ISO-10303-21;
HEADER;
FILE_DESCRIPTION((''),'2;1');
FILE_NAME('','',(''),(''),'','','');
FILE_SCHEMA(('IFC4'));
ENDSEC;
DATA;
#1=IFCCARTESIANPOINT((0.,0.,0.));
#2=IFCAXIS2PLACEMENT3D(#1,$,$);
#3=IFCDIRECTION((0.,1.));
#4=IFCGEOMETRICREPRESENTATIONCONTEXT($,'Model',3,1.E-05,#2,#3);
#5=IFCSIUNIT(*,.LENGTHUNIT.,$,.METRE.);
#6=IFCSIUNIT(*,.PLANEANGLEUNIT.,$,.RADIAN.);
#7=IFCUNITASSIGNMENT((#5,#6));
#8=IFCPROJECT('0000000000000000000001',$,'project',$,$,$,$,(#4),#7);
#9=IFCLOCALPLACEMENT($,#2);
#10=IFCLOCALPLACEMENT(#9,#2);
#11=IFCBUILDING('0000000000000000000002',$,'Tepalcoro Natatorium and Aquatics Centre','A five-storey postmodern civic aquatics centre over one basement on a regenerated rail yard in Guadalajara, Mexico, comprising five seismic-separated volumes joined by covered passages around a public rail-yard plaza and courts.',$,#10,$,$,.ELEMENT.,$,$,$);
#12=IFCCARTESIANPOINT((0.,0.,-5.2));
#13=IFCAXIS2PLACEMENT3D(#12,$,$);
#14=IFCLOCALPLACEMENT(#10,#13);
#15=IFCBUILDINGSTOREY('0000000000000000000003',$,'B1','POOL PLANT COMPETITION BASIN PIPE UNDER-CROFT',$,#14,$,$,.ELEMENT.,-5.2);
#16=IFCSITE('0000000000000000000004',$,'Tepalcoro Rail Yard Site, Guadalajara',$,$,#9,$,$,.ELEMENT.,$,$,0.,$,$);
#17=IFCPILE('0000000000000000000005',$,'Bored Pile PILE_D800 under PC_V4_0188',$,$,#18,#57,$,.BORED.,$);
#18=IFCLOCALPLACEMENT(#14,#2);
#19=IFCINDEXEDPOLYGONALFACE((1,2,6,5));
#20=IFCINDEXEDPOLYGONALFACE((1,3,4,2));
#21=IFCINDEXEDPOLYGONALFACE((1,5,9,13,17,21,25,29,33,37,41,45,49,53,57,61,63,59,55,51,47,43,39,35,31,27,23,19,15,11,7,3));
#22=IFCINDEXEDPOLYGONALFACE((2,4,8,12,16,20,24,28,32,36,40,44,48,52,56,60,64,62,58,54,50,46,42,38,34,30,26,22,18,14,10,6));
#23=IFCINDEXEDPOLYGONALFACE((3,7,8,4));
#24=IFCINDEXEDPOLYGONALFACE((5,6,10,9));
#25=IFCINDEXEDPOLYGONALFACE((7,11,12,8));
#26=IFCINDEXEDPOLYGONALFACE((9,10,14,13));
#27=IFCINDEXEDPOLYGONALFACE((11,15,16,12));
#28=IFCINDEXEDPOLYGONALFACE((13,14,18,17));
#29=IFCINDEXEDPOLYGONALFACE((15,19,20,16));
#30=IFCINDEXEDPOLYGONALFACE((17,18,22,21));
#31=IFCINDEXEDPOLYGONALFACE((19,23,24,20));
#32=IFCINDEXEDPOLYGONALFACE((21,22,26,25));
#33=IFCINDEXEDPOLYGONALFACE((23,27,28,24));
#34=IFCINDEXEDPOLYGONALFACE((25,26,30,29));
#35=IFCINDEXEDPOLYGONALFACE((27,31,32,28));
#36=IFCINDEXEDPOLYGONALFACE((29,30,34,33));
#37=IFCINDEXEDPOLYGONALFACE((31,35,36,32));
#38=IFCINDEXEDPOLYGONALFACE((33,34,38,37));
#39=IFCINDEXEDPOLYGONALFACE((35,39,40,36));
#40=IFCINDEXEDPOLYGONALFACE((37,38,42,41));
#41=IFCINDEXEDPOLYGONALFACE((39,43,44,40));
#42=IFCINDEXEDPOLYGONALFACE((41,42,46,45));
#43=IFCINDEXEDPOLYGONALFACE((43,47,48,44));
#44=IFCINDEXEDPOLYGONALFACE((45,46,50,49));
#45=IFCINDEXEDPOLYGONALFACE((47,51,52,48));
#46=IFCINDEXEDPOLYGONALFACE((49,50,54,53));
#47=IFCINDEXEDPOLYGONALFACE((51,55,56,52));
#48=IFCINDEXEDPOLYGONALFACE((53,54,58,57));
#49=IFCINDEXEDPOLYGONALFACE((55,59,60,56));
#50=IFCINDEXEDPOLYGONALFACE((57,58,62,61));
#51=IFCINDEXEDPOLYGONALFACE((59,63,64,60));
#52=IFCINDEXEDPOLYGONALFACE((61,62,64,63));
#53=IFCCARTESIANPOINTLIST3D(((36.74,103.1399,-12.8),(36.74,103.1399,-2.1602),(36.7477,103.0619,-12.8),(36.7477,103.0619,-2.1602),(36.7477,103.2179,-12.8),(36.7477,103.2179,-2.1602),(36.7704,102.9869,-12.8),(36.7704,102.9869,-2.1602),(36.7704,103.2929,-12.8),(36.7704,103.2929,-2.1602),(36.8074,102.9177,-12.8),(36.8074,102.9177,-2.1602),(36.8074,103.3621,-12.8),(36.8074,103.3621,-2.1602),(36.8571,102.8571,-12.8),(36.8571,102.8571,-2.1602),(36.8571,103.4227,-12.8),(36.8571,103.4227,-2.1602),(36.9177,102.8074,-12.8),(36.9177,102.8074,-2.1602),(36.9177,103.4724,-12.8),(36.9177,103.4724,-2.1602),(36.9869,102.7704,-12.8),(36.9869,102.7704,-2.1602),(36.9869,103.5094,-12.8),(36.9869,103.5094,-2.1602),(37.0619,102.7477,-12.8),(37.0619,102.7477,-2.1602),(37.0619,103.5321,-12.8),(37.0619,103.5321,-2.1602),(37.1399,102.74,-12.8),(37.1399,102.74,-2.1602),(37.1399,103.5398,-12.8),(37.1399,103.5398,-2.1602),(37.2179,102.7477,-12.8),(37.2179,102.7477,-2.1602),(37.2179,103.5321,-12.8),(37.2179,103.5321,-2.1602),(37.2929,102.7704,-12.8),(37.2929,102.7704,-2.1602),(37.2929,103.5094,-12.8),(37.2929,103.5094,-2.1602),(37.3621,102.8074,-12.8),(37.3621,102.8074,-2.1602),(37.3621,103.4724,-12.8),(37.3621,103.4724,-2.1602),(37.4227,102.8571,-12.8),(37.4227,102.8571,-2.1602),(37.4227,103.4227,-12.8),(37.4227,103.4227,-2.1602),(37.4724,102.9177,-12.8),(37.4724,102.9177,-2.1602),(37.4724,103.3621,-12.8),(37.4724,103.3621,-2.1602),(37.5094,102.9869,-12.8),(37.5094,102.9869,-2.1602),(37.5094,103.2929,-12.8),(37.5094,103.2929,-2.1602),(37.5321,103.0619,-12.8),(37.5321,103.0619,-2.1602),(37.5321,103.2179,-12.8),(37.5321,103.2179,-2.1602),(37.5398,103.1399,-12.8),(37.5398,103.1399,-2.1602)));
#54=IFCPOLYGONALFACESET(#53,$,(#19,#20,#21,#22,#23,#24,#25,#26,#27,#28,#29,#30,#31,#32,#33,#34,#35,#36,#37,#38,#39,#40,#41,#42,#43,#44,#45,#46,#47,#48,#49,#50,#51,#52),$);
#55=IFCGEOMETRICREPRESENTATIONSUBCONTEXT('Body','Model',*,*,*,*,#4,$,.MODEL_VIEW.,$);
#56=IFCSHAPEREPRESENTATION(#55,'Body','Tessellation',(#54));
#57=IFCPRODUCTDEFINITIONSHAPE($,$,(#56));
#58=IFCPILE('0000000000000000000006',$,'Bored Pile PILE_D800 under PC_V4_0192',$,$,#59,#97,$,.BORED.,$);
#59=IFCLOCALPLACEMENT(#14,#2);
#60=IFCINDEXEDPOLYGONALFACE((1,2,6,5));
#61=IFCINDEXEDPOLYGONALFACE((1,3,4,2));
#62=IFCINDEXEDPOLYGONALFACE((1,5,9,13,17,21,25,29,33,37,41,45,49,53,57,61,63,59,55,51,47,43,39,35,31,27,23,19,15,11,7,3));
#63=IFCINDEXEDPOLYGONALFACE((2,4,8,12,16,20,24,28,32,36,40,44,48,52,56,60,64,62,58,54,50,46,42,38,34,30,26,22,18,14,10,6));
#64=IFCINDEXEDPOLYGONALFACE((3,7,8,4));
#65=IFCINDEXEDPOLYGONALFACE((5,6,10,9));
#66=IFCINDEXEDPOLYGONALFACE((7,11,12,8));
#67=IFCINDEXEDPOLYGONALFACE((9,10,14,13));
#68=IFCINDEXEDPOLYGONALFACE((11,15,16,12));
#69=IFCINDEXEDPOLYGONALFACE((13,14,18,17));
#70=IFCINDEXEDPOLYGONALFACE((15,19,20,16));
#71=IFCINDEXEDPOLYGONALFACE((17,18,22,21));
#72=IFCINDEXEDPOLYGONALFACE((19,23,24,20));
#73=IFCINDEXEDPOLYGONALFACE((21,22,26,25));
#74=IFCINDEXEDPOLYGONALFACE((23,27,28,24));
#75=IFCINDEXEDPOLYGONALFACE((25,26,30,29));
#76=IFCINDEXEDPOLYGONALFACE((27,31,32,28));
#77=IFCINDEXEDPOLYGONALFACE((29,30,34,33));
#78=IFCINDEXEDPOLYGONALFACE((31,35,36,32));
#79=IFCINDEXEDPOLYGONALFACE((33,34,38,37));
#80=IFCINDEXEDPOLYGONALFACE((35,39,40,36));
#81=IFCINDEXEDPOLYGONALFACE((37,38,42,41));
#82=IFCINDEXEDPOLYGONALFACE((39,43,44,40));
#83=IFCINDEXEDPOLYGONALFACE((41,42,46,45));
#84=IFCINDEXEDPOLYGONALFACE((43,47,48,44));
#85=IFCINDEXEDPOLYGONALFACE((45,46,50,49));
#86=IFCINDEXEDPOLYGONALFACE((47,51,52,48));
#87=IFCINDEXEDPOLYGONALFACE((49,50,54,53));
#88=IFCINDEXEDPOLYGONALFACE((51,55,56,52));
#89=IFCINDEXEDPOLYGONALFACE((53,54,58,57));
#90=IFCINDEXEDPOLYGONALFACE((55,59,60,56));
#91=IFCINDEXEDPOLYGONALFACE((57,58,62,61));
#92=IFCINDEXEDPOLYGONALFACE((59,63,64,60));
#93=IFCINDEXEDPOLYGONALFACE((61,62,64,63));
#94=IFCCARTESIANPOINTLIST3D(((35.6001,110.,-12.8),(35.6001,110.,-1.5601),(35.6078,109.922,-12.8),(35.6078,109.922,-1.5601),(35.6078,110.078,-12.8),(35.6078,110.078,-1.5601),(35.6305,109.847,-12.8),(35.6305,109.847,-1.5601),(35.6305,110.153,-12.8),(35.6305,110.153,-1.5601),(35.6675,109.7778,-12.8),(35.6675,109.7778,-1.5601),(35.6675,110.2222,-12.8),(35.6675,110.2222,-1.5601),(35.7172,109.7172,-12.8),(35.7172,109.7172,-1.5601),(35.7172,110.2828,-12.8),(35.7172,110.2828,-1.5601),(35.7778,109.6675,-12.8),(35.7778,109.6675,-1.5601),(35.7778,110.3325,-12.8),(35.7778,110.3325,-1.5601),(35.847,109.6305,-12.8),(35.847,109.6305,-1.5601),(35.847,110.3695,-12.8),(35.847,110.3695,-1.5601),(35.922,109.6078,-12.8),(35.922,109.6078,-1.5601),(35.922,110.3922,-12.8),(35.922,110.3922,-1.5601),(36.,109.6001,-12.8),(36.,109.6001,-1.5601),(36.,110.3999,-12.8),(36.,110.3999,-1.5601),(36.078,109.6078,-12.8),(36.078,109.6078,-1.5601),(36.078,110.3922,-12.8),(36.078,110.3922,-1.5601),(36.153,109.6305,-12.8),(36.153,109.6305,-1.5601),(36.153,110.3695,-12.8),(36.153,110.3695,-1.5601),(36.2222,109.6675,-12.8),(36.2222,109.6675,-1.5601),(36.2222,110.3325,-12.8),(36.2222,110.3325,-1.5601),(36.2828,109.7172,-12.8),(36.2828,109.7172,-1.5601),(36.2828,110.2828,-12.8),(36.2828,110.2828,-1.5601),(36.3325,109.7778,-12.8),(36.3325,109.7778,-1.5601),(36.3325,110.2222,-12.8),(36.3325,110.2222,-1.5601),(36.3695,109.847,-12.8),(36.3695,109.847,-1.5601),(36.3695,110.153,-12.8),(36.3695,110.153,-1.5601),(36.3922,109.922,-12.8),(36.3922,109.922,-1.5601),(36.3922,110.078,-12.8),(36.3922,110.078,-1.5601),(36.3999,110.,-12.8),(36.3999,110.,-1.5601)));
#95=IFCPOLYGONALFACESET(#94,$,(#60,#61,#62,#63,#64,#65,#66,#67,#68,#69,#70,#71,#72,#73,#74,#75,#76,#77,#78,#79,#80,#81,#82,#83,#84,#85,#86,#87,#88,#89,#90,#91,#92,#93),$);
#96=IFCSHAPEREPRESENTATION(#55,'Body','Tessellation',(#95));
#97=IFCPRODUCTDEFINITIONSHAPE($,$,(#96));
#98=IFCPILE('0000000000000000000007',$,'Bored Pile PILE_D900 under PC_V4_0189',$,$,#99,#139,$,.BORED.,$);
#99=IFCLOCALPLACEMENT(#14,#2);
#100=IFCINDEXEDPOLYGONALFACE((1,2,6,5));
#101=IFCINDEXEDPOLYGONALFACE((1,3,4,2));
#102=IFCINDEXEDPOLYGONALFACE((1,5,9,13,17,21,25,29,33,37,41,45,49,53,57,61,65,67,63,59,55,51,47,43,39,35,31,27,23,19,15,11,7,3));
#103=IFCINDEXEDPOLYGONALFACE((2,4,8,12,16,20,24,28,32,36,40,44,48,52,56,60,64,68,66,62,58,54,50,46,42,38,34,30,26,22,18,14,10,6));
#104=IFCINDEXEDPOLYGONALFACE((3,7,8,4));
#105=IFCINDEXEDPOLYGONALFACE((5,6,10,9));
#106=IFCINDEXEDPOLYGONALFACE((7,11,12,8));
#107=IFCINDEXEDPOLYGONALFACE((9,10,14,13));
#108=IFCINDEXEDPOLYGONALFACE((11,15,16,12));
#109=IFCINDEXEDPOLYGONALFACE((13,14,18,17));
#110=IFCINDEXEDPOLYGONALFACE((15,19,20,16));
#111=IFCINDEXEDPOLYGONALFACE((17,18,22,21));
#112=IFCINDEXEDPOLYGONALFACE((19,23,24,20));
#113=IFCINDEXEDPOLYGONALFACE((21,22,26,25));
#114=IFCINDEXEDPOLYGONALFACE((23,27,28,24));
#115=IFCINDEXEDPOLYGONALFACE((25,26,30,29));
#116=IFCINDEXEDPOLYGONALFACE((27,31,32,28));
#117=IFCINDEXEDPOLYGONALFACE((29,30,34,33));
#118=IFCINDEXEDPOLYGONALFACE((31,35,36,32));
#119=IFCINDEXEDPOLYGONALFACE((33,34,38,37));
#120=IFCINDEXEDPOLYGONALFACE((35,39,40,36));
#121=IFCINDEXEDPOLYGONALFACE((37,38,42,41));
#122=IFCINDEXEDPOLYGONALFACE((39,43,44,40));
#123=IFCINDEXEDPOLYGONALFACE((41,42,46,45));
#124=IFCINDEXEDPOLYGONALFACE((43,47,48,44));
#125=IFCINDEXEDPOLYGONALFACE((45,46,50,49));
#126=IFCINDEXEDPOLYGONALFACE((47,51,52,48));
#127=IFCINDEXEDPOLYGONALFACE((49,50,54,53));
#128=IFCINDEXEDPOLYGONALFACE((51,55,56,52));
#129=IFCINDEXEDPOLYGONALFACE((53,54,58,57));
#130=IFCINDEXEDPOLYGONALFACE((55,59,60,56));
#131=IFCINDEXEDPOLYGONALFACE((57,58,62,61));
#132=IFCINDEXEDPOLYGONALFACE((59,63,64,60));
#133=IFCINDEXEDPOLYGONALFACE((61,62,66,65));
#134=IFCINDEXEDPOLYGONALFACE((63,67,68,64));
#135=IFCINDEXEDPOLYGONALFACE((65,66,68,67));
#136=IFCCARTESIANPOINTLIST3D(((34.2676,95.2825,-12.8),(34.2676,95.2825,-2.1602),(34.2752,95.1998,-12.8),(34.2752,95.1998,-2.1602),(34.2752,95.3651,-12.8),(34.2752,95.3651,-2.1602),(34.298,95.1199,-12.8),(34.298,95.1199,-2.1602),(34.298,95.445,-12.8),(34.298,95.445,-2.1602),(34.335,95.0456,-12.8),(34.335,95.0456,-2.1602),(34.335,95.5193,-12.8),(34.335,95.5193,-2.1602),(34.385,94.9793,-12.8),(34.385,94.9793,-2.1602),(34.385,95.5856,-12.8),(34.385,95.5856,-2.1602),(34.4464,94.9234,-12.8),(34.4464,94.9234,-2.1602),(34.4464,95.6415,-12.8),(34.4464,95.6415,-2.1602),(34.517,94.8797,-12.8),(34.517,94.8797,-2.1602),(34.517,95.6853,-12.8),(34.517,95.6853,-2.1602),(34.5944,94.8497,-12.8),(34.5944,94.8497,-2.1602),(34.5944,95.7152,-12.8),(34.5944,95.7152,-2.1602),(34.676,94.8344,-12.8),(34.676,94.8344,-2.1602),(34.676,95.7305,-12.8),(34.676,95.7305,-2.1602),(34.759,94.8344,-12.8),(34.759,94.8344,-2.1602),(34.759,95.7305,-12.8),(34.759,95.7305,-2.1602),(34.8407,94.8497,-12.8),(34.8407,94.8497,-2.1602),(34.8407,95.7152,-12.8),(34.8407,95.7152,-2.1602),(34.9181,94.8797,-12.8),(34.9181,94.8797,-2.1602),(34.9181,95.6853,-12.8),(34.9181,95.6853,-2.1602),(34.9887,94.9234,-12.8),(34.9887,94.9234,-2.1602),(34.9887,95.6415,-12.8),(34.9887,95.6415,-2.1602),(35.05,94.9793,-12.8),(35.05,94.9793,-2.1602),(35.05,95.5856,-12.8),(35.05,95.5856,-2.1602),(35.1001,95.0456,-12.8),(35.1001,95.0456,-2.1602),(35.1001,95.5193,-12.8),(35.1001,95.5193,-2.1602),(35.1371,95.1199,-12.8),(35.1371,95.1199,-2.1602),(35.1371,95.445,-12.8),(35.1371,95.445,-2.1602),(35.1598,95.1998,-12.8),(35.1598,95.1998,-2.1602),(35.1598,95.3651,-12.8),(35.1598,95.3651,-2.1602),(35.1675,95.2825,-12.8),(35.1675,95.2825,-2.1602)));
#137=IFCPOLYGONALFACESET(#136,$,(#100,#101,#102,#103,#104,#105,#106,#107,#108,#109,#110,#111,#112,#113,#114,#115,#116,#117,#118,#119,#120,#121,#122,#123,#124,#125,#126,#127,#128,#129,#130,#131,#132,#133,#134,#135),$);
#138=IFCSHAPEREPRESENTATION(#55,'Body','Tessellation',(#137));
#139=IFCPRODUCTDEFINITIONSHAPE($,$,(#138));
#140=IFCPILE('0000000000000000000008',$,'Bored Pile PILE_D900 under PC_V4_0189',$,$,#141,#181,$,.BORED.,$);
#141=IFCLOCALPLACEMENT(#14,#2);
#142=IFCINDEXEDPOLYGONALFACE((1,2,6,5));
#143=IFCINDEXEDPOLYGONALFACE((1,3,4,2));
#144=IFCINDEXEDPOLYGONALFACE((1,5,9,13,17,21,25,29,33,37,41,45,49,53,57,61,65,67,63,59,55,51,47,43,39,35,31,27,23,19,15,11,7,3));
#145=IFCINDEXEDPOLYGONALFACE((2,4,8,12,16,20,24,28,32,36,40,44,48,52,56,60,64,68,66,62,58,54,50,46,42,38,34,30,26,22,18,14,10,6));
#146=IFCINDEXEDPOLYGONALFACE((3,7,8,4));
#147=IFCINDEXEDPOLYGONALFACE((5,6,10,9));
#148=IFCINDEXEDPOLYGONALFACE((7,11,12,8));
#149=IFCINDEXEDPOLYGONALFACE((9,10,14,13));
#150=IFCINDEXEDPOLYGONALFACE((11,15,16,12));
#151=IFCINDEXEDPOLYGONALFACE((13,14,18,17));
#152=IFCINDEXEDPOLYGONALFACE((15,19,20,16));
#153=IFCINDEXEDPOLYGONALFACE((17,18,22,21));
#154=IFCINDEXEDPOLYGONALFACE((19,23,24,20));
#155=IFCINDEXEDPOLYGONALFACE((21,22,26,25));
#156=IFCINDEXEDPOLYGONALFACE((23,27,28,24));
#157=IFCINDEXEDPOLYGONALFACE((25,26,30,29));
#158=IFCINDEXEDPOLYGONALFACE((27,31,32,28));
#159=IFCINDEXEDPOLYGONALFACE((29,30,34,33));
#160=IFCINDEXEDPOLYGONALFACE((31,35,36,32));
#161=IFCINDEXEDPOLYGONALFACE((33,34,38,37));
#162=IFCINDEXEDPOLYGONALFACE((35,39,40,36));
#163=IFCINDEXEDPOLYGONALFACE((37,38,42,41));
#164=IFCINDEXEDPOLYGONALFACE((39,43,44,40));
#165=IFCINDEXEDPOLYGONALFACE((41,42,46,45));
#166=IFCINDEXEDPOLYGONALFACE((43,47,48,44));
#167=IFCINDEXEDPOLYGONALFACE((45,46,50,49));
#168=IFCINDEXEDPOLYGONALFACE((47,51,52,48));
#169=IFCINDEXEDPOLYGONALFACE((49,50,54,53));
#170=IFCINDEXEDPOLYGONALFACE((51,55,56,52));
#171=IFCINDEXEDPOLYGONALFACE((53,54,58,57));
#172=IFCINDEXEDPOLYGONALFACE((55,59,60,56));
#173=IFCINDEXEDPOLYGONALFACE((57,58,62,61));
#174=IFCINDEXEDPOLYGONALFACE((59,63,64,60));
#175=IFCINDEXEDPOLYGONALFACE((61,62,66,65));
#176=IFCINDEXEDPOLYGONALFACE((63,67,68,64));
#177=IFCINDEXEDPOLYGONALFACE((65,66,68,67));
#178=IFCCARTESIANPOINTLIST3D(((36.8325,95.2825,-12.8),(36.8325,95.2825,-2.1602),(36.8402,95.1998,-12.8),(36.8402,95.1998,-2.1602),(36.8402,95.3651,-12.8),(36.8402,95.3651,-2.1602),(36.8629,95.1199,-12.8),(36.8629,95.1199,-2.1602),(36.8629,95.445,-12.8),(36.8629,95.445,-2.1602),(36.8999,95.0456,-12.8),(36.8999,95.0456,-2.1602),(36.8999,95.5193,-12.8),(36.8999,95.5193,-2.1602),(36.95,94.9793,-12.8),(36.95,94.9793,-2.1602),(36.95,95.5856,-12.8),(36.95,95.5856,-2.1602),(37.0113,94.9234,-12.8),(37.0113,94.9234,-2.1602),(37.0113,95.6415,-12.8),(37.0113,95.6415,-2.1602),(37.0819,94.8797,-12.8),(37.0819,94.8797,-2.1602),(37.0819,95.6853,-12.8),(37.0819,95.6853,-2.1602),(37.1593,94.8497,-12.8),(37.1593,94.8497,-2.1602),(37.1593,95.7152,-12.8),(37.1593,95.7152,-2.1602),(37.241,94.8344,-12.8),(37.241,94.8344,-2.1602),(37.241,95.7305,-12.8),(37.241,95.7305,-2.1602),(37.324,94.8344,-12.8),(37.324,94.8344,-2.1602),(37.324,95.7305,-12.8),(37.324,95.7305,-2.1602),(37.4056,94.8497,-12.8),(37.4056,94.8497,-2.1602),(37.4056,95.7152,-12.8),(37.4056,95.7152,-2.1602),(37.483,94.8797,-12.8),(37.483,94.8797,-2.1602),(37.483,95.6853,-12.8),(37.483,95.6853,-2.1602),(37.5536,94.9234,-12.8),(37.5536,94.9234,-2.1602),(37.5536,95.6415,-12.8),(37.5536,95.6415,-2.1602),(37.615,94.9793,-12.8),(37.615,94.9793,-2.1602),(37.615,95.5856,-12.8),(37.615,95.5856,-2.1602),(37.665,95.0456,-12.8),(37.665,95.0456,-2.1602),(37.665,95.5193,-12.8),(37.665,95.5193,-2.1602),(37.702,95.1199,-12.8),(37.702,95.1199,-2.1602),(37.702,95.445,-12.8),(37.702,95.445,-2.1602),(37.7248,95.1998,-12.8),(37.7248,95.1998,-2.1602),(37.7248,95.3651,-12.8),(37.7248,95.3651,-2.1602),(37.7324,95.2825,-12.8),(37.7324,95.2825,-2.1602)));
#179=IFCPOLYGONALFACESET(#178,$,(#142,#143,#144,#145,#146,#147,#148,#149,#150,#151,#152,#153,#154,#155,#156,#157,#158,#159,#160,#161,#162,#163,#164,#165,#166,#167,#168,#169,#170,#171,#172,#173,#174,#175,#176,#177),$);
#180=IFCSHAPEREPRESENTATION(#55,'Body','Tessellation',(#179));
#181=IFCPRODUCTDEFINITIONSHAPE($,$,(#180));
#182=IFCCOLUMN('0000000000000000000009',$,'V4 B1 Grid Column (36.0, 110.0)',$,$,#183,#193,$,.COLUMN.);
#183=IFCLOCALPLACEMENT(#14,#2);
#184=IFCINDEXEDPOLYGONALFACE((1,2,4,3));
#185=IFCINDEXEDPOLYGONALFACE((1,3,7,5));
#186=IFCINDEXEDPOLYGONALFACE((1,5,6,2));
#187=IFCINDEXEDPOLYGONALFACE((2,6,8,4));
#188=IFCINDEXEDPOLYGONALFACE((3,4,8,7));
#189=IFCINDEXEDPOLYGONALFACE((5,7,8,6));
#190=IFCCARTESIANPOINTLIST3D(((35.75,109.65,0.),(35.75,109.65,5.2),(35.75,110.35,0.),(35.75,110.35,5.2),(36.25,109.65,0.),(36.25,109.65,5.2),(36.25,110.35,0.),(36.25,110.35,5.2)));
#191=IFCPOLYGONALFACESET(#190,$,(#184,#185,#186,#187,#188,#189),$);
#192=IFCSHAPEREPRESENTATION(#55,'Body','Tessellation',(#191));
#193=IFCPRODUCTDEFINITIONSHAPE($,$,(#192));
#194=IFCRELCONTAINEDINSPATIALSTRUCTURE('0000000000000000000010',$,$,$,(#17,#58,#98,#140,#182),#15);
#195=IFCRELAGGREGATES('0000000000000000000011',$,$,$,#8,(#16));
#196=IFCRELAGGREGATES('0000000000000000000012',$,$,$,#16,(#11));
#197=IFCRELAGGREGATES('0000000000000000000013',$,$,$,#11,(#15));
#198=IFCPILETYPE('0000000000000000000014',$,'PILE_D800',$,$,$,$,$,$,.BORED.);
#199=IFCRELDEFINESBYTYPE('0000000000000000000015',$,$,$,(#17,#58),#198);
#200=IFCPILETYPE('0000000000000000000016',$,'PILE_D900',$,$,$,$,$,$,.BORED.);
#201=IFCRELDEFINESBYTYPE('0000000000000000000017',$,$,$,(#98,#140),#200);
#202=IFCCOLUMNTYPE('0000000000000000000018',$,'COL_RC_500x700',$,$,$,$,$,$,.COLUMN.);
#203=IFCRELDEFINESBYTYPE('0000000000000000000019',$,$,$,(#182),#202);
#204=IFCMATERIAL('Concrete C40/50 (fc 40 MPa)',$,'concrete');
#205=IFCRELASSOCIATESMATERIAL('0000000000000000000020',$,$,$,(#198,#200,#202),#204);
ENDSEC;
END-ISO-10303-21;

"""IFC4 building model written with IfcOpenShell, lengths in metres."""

from ifc_helpers import new_model, si_unit, direction, frame, origin, origin_2d, place, context, subcontext, project, spatial, rectangle, circle, extrude, material, material_profile, profile_set, type_object, element, save


model = new_model("IFC4")

# Units and contexts
model_context = context("Model", 3, precision=1e-05, world=origin(), true_north=direction((0.0, 1.0)))
body_context = subcontext(model_context, "Body", "Model", "MODEL_VIEW")
ifc_project = project(units=[si_unit("LENGTHUNIT", "METRE"), si_unit("PLANEANGLEUNIT", "RADIAN")], contexts=[model_context])

# Site, building, storey
site_placement = place(None, origin())
site = spatial("IfcSite", under=ifc_project, at=site_placement, Name="Tepalcoro Rail Yard Site, Guadalajara", CompositionType="ELEMENT", RefElevation=0.0)
building_placement = place(site_placement, origin())
building = spatial("IfcBuilding", under=site, at=building_placement, Name="Tepalcoro Natatorium and Aquatics Centre", Description="A five-storey postmodern civic aquatics centre over one basement on a regenerated rail yard in Guadalajara, Mexico, comprising five seismic-separated volumes joined by covered passages around a public rail-yard plaza and courts.", CompositionType="ELEMENT")
storey_placement = place(building_placement, frame((0.0, 0.0, -5.2)))
storey = spatial("IfcBuildingStorey", under=building, at=storey_placement, Name="B1", Description="POOL PLANT COMPETITION BASIN PIPE UNDER-CROFT", CompositionType="ELEMENT", Elevation=-5.2)

# Piles
ifc_material_1 = material(Name="Concrete C40/50 (fc 40 MPa)", Category="concrete")
ifc_material_profile_1 = material_profile(ifc_material_1, circle(Radius=0.3999, at=origin_2d()), Name="PILE_D800")
ifc_profile_set_1 = profile_set([ifc_material_profile_1], Name="Concrete C40/50 (fc 40 MPa)")
pile_type_1 = type_object("IfcPileType", Name="PILE_D800", PredefinedType="BORED", material=ifc_profile_set_1)
for number, where, z_axis, x_axis, name in (
    (1, (37.1399, 103.1399, -2.1602), (0.0, 0.0, -1.0), (1.0, 0.0, 0.0), "Bored Pile PILE_D800 under PC_V4_0188"),
):
    element("IfcPile", number, at=place(storey_placement, frame(where, z_axis=z_axis, x_axis=x_axis)), inside=storey, type_object=pile_type_1, Name=name, PredefinedType="BORED", context=body_context, shape_type="SweptSolid", body=[
        extrude(circle(Radius=0.3999, at=origin_2d()), origin(), (0.0, 0.0, 1.0), 10.6399),
    ])
pile_1_placement = place(storey_placement, frame((36.0, 110.0, -1.5601), z_axis=(0.0, 0.0, -1.0), x_axis=(1.0, 0.0, 0.0)))
element("IfcPile", 2, at=pile_1_placement, inside=storey, type_object=pile_type_1, Name="Bored Pile PILE_D800 under PC_V4_0192", PredefinedType="BORED", context=body_context, shape_type="SweptSolid", body=[
    extrude(circle(Radius=0.3999, at=origin_2d()), origin(), (0.0, 0.0, 1.0), 11.24),
])
ifc_material_profile_2 = material_profile(ifc_material_1, circle(Radius=0.45, at=origin_2d()), Name="PILE_D900")
ifc_profile_set_2 = profile_set([ifc_material_profile_2], Name="Concrete C40/50 (fc 40 MPa)")
pile_type_2 = type_object("IfcPileType", Name="PILE_D900", PredefinedType="BORED", material=ifc_profile_set_2)
for number, where, z_axis, x_axis, name in (
    (3, (34.7175, 95.2825, -2.1602), (0.0, 0.0, -1.0), (1.0, 0.0, 0.0), "Bored Pile PILE_D900 under PC_V4_0189"),
    (4, (37.2825, 95.2825, -2.1602), (0.0, 0.0, -1.0), (1.0, 0.0, 0.0), "Bored Pile PILE_D900 under PC_V4_0189"),
):
    element("IfcPile", number, at=place(storey_placement, frame(where, z_axis=z_axis, x_axis=x_axis)), inside=storey, type_object=pile_type_2, Name=name, PredefinedType="BORED", context=body_context, shape_type="SweptSolid", body=[
        extrude(circle(Radius=0.45, at=origin_2d()), origin(), (0.0, 0.0, 1.0), 10.6399),
    ])

# Column
ifc_material_profile_3 = material_profile(ifc_material_1, rectangle(XDim=0.5, YDim=0.7, at=origin_2d()), Name="RC500x700")
ifc_profile_set_3 = profile_set([ifc_material_profile_3], Name="Concrete C40/50 (fc 40 MPa)")
column_type_1 = type_object("IfcColumnType", Name="COL_RC_500x700", PredefinedType="COLUMN", material=ifc_profile_set_3)
column_1_placement = place(storey_placement, frame((36.0, 110.0, 0.0), z_axis=(0.0, 0.0, 1.0), x_axis=(1.0, 0.0, 0.0)))
element("IfcColumn", 5, at=column_1_placement, inside=storey, type_object=column_type_1, Name="V4 B1 Grid Column (36.0, 110.0)", PredefinedType="COLUMN", context=body_context, shape_type="SweptSolid", body=[
    extrude(rectangle(XDim=0.5, YDim=0.7, at=origin_2d()), origin(), (0.0, 0.0, 1.0), 5.2),
])

save(model, "model.ifc")
